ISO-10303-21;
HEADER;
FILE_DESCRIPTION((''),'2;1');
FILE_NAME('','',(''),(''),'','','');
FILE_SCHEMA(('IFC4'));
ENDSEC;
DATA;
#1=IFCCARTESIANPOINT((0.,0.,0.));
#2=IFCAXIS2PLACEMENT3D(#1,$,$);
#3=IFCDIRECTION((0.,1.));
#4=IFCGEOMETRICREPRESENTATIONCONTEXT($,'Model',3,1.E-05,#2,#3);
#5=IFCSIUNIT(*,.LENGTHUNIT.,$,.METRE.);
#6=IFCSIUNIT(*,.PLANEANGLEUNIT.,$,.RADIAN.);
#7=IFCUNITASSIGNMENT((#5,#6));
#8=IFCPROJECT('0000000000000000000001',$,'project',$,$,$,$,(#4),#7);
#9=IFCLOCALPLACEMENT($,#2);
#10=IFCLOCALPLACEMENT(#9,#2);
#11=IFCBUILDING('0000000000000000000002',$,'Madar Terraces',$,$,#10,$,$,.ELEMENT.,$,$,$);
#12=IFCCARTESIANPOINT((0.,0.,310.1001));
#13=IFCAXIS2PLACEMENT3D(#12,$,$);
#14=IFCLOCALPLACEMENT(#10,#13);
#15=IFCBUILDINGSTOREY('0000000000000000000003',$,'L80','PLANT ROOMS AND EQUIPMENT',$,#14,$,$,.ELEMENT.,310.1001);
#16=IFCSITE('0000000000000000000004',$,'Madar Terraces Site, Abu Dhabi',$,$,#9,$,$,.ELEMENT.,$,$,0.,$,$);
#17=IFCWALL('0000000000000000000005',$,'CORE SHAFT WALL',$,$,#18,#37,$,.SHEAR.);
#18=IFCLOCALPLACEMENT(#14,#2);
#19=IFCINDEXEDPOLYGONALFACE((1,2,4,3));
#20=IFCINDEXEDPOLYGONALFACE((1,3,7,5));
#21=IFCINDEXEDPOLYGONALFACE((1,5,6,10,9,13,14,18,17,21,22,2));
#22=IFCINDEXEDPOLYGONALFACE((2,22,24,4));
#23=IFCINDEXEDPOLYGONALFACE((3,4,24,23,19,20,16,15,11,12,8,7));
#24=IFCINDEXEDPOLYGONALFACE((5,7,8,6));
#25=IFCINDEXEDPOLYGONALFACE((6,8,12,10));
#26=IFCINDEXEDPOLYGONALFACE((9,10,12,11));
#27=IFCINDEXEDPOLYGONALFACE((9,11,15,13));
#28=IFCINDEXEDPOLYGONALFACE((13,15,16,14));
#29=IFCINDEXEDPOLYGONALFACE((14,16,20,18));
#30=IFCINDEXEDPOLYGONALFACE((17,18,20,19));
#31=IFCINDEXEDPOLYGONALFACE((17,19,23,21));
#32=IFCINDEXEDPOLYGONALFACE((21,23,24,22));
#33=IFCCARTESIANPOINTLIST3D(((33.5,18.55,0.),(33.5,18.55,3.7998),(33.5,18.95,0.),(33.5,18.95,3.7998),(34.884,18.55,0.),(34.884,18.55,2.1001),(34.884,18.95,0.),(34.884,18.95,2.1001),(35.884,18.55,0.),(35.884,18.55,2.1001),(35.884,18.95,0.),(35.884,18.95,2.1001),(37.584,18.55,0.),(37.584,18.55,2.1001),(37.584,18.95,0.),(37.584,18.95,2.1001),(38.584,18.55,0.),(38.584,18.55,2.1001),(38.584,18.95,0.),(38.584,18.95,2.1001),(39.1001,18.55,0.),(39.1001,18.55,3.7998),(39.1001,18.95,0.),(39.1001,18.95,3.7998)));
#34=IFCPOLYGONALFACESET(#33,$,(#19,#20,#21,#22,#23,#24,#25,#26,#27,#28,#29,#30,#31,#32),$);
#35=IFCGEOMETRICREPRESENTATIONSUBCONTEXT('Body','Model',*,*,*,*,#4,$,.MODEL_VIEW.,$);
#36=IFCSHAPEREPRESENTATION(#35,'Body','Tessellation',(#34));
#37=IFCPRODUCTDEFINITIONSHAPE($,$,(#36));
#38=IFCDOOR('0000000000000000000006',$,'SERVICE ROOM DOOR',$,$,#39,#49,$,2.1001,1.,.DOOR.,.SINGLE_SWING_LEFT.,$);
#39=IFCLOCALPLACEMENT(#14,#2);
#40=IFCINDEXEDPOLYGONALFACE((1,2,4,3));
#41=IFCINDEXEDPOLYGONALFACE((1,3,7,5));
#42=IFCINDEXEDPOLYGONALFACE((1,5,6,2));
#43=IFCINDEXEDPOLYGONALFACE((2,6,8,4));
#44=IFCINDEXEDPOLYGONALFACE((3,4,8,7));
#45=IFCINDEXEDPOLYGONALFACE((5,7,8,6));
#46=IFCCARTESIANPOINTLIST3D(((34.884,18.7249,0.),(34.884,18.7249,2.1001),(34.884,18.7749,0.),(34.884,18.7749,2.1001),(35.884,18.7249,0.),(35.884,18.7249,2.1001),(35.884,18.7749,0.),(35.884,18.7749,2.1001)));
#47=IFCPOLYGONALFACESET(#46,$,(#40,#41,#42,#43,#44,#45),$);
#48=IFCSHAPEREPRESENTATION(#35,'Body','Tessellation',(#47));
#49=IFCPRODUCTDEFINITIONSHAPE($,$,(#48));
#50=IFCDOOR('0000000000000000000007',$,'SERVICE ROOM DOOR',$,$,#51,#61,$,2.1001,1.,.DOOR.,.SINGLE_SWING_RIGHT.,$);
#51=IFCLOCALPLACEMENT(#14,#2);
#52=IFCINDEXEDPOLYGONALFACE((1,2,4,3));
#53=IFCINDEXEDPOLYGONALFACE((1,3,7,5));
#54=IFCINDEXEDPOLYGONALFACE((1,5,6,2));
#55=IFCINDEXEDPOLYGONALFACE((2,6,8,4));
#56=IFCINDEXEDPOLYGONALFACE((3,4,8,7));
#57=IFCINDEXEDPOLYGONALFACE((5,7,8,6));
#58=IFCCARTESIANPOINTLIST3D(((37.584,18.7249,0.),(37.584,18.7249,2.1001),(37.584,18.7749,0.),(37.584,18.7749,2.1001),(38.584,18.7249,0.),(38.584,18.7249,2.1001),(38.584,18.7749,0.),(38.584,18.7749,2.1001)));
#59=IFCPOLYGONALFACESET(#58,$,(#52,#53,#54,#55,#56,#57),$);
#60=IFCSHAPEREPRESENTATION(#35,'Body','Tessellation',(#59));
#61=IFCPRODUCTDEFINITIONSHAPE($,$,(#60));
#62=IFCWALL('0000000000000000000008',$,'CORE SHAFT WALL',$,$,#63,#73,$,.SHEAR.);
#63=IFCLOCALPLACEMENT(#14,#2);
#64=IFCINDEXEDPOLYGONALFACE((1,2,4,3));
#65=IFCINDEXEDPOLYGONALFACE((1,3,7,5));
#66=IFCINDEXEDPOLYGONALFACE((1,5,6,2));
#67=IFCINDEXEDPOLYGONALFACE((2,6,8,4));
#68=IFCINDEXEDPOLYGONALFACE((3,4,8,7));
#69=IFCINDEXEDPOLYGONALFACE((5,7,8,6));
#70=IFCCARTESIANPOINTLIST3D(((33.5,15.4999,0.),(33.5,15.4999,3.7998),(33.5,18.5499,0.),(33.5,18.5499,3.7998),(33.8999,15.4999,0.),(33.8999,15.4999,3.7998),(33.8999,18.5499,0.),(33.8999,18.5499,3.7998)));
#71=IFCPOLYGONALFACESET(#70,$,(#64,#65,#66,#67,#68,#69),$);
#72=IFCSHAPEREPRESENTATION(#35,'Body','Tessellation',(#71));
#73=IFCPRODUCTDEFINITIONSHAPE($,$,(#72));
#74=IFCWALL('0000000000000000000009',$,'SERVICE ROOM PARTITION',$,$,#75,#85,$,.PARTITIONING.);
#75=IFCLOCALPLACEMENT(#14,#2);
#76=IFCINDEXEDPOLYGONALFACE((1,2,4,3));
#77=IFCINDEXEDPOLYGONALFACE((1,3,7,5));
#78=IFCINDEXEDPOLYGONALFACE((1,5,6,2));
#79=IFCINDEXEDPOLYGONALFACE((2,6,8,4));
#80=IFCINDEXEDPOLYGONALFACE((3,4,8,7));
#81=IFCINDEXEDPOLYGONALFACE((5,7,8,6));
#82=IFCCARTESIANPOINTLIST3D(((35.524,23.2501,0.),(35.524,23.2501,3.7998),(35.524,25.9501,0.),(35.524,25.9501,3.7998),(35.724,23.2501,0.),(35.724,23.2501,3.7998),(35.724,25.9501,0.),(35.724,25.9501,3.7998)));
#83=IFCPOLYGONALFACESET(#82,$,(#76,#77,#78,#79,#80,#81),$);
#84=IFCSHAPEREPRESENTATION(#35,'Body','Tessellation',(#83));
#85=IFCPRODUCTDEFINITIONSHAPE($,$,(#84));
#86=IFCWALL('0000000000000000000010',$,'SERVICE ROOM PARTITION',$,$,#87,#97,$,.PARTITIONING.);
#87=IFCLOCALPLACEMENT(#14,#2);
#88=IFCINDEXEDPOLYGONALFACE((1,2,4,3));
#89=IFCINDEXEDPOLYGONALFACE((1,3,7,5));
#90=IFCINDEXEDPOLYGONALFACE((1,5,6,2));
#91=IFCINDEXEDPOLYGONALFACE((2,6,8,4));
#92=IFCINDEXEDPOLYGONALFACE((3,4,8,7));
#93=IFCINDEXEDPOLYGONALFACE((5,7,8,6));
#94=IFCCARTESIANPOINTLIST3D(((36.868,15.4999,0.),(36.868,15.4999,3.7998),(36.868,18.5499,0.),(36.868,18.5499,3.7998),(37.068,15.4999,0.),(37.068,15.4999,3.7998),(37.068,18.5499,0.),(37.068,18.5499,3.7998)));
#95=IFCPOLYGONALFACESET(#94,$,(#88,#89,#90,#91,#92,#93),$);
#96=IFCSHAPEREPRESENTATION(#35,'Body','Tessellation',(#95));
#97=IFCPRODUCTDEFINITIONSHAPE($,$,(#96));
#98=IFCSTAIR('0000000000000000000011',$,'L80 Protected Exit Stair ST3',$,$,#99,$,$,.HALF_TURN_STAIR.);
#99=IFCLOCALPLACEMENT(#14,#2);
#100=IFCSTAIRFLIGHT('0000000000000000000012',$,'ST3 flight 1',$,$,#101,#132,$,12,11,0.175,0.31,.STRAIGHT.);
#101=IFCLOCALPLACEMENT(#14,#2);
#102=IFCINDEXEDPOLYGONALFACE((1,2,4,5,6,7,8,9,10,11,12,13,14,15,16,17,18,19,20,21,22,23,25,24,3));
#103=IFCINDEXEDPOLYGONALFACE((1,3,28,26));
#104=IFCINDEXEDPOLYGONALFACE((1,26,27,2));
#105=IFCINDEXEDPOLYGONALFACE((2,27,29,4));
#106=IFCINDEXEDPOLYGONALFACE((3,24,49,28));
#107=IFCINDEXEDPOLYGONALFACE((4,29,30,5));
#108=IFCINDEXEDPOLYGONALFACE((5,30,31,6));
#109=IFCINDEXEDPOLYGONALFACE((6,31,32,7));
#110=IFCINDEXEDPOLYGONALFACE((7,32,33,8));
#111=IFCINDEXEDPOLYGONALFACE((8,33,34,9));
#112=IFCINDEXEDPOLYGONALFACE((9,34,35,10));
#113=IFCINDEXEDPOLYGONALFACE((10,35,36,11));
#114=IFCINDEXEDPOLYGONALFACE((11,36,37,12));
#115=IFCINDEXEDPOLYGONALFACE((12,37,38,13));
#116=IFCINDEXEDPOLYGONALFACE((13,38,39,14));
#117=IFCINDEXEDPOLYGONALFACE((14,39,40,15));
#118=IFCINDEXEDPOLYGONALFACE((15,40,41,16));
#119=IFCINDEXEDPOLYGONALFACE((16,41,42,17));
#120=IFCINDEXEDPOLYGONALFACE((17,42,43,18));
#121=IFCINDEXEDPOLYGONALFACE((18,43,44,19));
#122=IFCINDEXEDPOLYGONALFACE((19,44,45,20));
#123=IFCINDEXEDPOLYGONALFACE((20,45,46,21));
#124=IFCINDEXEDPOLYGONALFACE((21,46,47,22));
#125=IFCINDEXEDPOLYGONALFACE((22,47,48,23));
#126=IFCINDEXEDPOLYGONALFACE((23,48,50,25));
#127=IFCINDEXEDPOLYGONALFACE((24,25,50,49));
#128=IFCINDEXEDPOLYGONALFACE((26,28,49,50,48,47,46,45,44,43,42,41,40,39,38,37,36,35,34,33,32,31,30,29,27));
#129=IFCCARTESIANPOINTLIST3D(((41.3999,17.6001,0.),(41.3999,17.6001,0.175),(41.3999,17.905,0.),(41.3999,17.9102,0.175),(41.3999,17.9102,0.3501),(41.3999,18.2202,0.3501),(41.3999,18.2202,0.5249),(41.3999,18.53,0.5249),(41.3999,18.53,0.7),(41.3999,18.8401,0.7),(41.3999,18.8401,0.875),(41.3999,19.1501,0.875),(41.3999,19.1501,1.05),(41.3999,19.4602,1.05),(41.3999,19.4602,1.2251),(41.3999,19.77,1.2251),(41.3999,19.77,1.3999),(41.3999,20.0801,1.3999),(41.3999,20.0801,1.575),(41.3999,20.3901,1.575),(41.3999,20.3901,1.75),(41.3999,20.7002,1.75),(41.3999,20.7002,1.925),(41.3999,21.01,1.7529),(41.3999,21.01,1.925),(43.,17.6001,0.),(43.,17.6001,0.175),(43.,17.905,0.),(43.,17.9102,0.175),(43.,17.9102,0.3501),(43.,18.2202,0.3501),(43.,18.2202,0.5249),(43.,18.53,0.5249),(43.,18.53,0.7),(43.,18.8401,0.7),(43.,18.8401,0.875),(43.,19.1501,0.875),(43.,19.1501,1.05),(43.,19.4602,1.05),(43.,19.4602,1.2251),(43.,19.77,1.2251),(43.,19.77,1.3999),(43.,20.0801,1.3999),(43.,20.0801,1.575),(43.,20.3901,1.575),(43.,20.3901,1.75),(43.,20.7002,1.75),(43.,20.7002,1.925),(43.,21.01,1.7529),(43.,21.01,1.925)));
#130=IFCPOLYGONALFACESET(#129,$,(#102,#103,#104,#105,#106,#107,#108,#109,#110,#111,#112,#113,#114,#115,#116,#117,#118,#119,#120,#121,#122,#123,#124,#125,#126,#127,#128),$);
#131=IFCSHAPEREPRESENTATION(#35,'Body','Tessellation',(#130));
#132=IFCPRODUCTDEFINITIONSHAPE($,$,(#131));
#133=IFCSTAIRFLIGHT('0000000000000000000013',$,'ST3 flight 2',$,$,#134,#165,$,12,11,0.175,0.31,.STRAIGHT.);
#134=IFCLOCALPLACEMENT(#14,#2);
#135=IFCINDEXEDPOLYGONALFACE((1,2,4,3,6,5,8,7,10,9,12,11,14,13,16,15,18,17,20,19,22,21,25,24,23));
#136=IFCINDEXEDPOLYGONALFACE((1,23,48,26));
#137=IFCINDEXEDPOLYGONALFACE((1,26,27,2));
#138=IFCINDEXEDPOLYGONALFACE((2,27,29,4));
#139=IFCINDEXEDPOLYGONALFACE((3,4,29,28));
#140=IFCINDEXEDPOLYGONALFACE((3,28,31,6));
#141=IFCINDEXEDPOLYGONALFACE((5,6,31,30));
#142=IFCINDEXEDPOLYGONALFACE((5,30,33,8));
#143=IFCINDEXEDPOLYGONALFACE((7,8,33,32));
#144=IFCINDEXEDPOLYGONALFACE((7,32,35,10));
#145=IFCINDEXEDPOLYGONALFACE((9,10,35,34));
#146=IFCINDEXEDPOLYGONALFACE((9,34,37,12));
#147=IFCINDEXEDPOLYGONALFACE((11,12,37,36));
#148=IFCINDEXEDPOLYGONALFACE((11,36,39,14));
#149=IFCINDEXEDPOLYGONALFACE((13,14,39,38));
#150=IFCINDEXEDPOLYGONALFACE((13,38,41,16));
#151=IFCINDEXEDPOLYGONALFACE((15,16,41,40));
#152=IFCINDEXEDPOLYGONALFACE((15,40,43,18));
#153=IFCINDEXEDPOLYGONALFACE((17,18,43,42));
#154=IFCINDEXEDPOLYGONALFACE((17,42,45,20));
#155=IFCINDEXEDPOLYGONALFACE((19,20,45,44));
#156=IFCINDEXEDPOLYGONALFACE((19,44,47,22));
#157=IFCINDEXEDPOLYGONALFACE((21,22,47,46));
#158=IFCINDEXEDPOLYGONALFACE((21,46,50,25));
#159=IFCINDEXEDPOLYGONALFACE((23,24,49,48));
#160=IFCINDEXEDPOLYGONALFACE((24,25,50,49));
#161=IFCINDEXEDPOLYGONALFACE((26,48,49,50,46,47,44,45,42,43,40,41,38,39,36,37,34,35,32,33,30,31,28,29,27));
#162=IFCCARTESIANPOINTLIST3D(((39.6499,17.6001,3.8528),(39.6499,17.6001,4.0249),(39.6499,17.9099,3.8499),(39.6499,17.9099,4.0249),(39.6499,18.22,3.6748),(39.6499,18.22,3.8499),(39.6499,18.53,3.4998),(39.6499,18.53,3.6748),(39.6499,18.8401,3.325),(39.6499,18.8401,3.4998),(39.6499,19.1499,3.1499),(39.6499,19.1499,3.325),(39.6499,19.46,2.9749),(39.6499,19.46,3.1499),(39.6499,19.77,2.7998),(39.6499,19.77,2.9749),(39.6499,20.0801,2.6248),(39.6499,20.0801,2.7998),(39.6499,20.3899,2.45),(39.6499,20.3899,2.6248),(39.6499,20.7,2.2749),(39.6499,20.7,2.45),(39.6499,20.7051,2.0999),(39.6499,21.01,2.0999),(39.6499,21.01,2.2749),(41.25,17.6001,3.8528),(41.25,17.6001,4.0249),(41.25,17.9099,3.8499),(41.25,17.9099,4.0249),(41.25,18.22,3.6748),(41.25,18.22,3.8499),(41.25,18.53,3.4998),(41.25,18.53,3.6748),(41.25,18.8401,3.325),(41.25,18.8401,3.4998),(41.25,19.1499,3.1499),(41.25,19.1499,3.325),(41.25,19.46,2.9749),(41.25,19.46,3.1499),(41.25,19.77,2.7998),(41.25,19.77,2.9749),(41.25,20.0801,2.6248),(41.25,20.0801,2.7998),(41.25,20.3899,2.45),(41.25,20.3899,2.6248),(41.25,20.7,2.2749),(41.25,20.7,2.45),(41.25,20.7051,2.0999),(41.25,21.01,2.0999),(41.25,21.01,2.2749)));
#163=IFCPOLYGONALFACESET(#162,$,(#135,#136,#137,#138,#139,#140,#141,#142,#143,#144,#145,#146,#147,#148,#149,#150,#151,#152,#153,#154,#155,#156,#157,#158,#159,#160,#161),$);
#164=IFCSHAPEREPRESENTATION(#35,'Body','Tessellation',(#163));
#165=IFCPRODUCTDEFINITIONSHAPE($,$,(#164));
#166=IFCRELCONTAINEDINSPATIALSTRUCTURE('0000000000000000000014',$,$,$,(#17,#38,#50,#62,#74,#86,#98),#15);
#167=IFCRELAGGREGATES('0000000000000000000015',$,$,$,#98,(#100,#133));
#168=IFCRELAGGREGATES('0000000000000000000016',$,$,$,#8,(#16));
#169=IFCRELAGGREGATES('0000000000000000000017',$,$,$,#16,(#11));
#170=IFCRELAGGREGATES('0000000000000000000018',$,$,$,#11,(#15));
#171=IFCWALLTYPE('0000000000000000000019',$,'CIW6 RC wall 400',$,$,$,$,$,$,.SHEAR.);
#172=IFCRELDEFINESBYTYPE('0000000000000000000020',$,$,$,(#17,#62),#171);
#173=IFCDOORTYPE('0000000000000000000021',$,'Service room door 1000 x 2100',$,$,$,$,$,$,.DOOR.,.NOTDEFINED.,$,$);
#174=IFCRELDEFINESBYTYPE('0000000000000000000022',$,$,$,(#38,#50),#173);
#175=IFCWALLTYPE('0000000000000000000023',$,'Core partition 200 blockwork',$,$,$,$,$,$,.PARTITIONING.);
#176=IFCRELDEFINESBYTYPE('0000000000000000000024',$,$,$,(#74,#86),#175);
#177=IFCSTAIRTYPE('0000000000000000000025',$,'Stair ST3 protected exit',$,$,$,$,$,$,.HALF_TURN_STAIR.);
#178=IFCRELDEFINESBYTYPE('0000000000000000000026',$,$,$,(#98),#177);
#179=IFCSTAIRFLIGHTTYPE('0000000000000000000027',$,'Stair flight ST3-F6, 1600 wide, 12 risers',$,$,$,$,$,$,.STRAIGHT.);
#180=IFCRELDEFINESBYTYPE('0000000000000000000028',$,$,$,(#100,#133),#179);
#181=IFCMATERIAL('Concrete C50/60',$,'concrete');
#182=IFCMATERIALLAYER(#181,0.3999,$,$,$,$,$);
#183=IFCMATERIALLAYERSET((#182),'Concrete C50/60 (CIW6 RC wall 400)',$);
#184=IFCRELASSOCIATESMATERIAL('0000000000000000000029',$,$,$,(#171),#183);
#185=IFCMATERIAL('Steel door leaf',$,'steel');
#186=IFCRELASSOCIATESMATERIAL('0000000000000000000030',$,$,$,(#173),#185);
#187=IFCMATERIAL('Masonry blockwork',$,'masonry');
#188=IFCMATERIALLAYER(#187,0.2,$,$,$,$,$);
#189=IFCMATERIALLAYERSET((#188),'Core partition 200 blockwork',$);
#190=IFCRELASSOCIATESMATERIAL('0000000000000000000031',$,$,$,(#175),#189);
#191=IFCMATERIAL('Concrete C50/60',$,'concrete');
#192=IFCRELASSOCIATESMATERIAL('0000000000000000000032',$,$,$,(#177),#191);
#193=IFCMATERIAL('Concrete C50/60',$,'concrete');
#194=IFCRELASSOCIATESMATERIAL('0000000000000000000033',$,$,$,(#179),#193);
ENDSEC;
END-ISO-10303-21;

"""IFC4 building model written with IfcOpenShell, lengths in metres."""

from ifc_helpers import new_model, si_unit, direction, frame, frame_2d, origin, place, context, subcontext, project, spatial, polyline, rectangle, outline, extrude, material, layer, layer_set, type_object, element, fill, aggregate, save


model = new_model("IFC4")

# Units and contexts
model_context = context("Model", 3, precision=1e-05, world=origin(), true_north=direction((0.0, 1.0)))
body_context = subcontext(model_context, "Body", "Model", "MODEL_VIEW")
ifc_project = project(units=[si_unit("LENGTHUNIT", "METRE"), si_unit("PLANEANGLEUNIT", "RADIAN")], contexts=[model_context])

# Site, building, storey
site_placement = place(None, origin())
site = spatial("IfcSite", under=ifc_project, at=site_placement, Name="Madar Terraces Site, Abu Dhabi", CompositionType="ELEMENT", RefElevation=0.0)
building_placement = place(site_placement, origin())
building = spatial("IfcBuilding", under=site, at=building_placement, Name="Madar Terraces", CompositionType="ELEMENT")
storey_placement = place(building_placement, frame((0.0, 0.0, 310.1001)))
storey = spatial("IfcBuildingStorey", under=building, at=storey_placement, Name="L80", Description="PLANT ROOMS AND EQUIPMENT", CompositionType="ELEMENT", Elevation=310.1001)

# Shared definitions
ifc_material_1 = material(Name="Concrete C50/60", Category="concrete")
ifc_layer_1 = layer(ifc_material_1, 0.3999)
ifc_layer_set_1 = layer_set([ifc_layer_1], Name="Concrete C50/60 (CIW6 RC wall 400)")
wall_type_1 = type_object("IfcWallType", Name="CIW6 RC wall 400", PredefinedType="SHEAR", material=ifc_layer_set_1)

# Wall, openings, doors
wall_1_placement = place(storey_placement, frame((33.5, 18.75, 0.0), z_axis=(0.0, 0.0, 1.0), x_axis=(1.0, 0.0, 0.0)))
wall_1 = element("IfcWall", 1, at=wall_1_placement, inside=storey, type_object=wall_type_1, Name="CORE SHAFT WALL", PredefinedType="SHEAR", context=body_context, shape_type="SweptSolid", body=[
    extrude(rectangle(XDim=5.6001, YDim=0.3999, at=frame_2d((2.8, 0.0))), origin(), (0.0, 0.0, 1.0), 3.7998),
])
opening_1_placement = place(wall_1_placement, frame((1.384, 0.0, 0.0)))
opening_1 = element("IfcOpeningElement", 2, at=opening_1_placement, cuts=wall_1, PredefinedType="OPENING", context=body_context, shape_type="SweptSolid", body=[
    extrude(rectangle(XDim=1.0, YDim=2.1001, at=frame_2d((0.5, 1.05))), frame((0.0, 0.21, 0.0), z_axis=(0.0, -1.0, 0.0), x_axis=(1.0, 0.0, 0.0)), (0.0, 0.0, 1.0), 0.4199),
])
opening_2_placement = place(wall_1_placement, frame((4.084, 0.0, 0.0)))
opening_2 = element("IfcOpeningElement", 3, at=opening_2_placement, cuts=wall_1, PredefinedType="OPENING", context=body_context, shape_type="SweptSolid", body=[
    extrude(rectangle(XDim=1.0, YDim=2.1001, at=frame_2d((0.5, 1.05))), frame((0.0, 0.21, 0.0), z_axis=(0.0, -1.0, 0.0), x_axis=(1.0, 0.0, 0.0)), (0.0, 0.0, 1.0), 0.4199),
])
ifc_material_2 = material(Name="Steel door leaf", Category="steel")
door_type = type_object("IfcDoorType", Name="Service room door 1000 x 2100", OperationType="NOTDEFINED", PredefinedType="DOOR", material=ifc_material_2)
door_1_placement = place(opening_1_placement, origin())
door_1 = element("IfcDoor", 4, at=door_1_placement, inside=storey, type_object=door_type, Name="SERVICE ROOM DOOR", OperationType="SINGLE_SWING_LEFT", OverallHeight=2.1001, OverallWidth=1.0, PredefinedType="DOOR", context=body_context, shape_type="SweptSolid", body=[
    extrude(rectangle(XDim=1.0, YDim=2.1001, at=frame_2d((0.5, 1.05))), frame((0.0, 0.0249, 0.0), z_axis=(0.0, -1.0, 0.0), x_axis=(1.0, 0.0, 0.0)), (0.0, 0.0, 1.0), 0.05),
])
fill(opening_1, door_1)
door_2_placement = place(opening_2_placement, origin())
door_2 = element("IfcDoor", 5, at=door_2_placement, inside=storey, type_object=door_type, Name="SERVICE ROOM DOOR", OperationType="SINGLE_SWING_RIGHT", OverallHeight=2.1001, OverallWidth=1.0, PredefinedType="DOOR", context=body_context, shape_type="SweptSolid", body=[
    extrude(rectangle(XDim=1.0, YDim=2.1001, at=frame_2d((0.5, 1.05))), frame((0.0, 0.0249, 0.0), z_axis=(0.0, -1.0, 0.0), x_axis=(1.0, 0.0, 0.0)), (0.0, 0.0, 1.0), 0.05),
])
fill(opening_2, door_2)

# Walls
wall_2_placement = place(storey_placement, frame((33.7, 15.5, 0.0), z_axis=(0.0, 0.0, 1.0), x_axis=(0.0, 1.0, 0.0)))
element("IfcWall", 6, at=wall_2_placement, inside=storey, type_object=wall_type_1, Name="CORE SHAFT WALL", PredefinedType="SHEAR", context=body_context, shape_type="SweptSolid", body=[
    extrude(rectangle(XDim=3.05, YDim=0.3999, at=frame_2d((1.5249, 0.0))), origin(), (0.0, 0.0, 1.0), 3.7998),
])
ifc_material_3 = material(Name="Masonry blockwork", Category="masonry")
ifc_layer_2 = layer(ifc_material_3, 0.2)
ifc_layer_set_2 = layer_set([ifc_layer_2], Name="Core partition 200 blockwork")
wall_type_2 = type_object("IfcWallType", Name="Core partition 200 blockwork", PredefinedType="PARTITIONING", material=ifc_layer_set_2)
wall_3_placement = place(storey_placement, frame((35.624, 23.25, 0.0), z_axis=(0.0, 0.0, 1.0), x_axis=(0.0, 1.0, 0.0)))
element("IfcWall", 7, at=wall_3_placement, inside=storey, type_object=wall_type_2, Name="SERVICE ROOM PARTITION", PredefinedType="PARTITIONING", context=body_context, shape_type="SweptSolid", body=[
    extrude(rectangle(XDim=2.7, YDim=0.2, at=frame_2d((1.3501, 0.0))), origin(), (0.0, 0.0, 1.0), 3.7998),
])
wall_4_placement = place(storey_placement, frame((36.968, 15.5, 0.0), z_axis=(0.0, 0.0, 1.0), x_axis=(0.0, 1.0, 0.0)))
element("IfcWall", 8, at=wall_4_placement, inside=storey, type_object=wall_type_2, Name="SERVICE ROOM PARTITION", PredefinedType="PARTITIONING", context=body_context, shape_type="SweptSolid", body=[
    extrude(rectangle(XDim=3.05, YDim=0.2, at=frame_2d((1.5249, 0.0))), origin(), (0.0, 0.0, 1.0), 3.7998),
])

# Stair, stair flights
ifc_material_4 = material(Name="Concrete C50/60", Category="concrete")
stair_type = type_object("IfcStairType", Name="Stair ST3 protected exit", PredefinedType="HALF_TURN_STAIR", material=ifc_material_4)
stair_placement = place(storey_placement, origin())
stair = element("IfcStair", 9, at=stair_placement, inside=storey, type_object=stair_type, Name="L80 Protected Exit Stair ST3", PredefinedType="HALF_TURN_STAIR")
ifc_material_5 = material(Name="Concrete C50/60", Category="concrete")
stair_flight_type = type_object("IfcStairFlightType", Name="Stair flight ST3-F6, 1600 wide, 12 risers", PredefinedType="STRAIGHT", material=ifc_material_5)
stair_flight_1_placement = place(storey_placement, frame((42.2, 17.6001, 0.0), z_axis=(0.0, 0.0, 1.0), x_axis=(0.0, 1.0, 0.0)))
stair_flight_1 = element("IfcStairFlight", 10, at=stair_flight_1_placement, type_object=stair_flight_type, Name="ST3 flight 1", NumberOfRisers=12, NumberOfTreads=11, PredefinedType="STRAIGHT", RiserHeight=0.175, TreadLength=0.31, context=body_context, shape_type="SweptSolid", body=[
    extrude(outline(polyline([(0.0, 0.0), (0.0, 0.175), (0.3101, 0.175), (0.3101, 0.3501), (0.6201, 0.3501), (0.6201, 0.5249), (0.9299, 0.5249), (0.9299, 0.7), (1.24, 0.7), (1.24, 0.875), (1.55, 0.875), (1.55, 1.05), (1.8601, 1.05), (1.8601, 1.2251), (2.1699, 1.2251), (2.1699, 1.3999), (2.48, 1.3999), (2.48, 1.575), (2.79, 1.575), (2.79, 1.75), (3.1001, 1.75), (3.1001, 1.925), (3.4099, 1.925), (3.4099, 2.1001), (3.4099, 1.7529), (0.3049, 0.0), (0.0, 0.0)])), frame((0.0, 0.8, 0.0), z_axis=(0.0, -1.0, 0.0), x_axis=(1.0, 0.0, 0.0)), (0.0, 0.0, 1.0), 1.6001),
])
stair_flight_2_placement = place(storey_placement, frame((40.45, 21.01, 2.0999), z_axis=(0.0, 0.0, 1.0), x_axis=(0.0, -1.0, 0.0)))
stair_flight_2 = element("IfcStairFlight", 11, at=stair_flight_2_placement, type_object=stair_flight_type, Name="ST3 flight 2", NumberOfRisers=12, NumberOfTreads=11, PredefinedType="STRAIGHT", RiserHeight=0.175, TreadLength=0.31, context=body_context, shape_type="SweptSolid", body=[
    extrude(outline(polyline([(0.0, 0.0), (0.0, 0.175), (0.3101, 0.175), (0.3101, 0.3501), (0.6201, 0.3501), (0.6201, 0.5249), (0.9299, 0.5249), (0.9299, 0.7), (1.24, 0.7), (1.24, 0.875), (1.55, 0.875), (1.55, 1.05), (1.8601, 1.05), (1.8601, 1.2251), (2.1699, 1.2251), (2.1699, 1.3999), (2.48, 1.3999), (2.48, 1.575), (2.79, 1.575), (2.79, 1.75), (3.1001, 1.75), (3.1001, 1.925), (3.4099, 1.925), (3.4099, 2.1001), (3.4099, 1.7529), (0.3049, 0.0), (0.0, 0.0)])), frame((0.0, 0.8, 0.0), z_axis=(0.0, -1.0, 0.0), x_axis=(1.0, 0.0, 0.0)), (0.0, 0.0, 1.0), 1.6001),
])
aggregate(stair, [stair_flight_1, stair_flight_2])

save(model, "model.ifc")
